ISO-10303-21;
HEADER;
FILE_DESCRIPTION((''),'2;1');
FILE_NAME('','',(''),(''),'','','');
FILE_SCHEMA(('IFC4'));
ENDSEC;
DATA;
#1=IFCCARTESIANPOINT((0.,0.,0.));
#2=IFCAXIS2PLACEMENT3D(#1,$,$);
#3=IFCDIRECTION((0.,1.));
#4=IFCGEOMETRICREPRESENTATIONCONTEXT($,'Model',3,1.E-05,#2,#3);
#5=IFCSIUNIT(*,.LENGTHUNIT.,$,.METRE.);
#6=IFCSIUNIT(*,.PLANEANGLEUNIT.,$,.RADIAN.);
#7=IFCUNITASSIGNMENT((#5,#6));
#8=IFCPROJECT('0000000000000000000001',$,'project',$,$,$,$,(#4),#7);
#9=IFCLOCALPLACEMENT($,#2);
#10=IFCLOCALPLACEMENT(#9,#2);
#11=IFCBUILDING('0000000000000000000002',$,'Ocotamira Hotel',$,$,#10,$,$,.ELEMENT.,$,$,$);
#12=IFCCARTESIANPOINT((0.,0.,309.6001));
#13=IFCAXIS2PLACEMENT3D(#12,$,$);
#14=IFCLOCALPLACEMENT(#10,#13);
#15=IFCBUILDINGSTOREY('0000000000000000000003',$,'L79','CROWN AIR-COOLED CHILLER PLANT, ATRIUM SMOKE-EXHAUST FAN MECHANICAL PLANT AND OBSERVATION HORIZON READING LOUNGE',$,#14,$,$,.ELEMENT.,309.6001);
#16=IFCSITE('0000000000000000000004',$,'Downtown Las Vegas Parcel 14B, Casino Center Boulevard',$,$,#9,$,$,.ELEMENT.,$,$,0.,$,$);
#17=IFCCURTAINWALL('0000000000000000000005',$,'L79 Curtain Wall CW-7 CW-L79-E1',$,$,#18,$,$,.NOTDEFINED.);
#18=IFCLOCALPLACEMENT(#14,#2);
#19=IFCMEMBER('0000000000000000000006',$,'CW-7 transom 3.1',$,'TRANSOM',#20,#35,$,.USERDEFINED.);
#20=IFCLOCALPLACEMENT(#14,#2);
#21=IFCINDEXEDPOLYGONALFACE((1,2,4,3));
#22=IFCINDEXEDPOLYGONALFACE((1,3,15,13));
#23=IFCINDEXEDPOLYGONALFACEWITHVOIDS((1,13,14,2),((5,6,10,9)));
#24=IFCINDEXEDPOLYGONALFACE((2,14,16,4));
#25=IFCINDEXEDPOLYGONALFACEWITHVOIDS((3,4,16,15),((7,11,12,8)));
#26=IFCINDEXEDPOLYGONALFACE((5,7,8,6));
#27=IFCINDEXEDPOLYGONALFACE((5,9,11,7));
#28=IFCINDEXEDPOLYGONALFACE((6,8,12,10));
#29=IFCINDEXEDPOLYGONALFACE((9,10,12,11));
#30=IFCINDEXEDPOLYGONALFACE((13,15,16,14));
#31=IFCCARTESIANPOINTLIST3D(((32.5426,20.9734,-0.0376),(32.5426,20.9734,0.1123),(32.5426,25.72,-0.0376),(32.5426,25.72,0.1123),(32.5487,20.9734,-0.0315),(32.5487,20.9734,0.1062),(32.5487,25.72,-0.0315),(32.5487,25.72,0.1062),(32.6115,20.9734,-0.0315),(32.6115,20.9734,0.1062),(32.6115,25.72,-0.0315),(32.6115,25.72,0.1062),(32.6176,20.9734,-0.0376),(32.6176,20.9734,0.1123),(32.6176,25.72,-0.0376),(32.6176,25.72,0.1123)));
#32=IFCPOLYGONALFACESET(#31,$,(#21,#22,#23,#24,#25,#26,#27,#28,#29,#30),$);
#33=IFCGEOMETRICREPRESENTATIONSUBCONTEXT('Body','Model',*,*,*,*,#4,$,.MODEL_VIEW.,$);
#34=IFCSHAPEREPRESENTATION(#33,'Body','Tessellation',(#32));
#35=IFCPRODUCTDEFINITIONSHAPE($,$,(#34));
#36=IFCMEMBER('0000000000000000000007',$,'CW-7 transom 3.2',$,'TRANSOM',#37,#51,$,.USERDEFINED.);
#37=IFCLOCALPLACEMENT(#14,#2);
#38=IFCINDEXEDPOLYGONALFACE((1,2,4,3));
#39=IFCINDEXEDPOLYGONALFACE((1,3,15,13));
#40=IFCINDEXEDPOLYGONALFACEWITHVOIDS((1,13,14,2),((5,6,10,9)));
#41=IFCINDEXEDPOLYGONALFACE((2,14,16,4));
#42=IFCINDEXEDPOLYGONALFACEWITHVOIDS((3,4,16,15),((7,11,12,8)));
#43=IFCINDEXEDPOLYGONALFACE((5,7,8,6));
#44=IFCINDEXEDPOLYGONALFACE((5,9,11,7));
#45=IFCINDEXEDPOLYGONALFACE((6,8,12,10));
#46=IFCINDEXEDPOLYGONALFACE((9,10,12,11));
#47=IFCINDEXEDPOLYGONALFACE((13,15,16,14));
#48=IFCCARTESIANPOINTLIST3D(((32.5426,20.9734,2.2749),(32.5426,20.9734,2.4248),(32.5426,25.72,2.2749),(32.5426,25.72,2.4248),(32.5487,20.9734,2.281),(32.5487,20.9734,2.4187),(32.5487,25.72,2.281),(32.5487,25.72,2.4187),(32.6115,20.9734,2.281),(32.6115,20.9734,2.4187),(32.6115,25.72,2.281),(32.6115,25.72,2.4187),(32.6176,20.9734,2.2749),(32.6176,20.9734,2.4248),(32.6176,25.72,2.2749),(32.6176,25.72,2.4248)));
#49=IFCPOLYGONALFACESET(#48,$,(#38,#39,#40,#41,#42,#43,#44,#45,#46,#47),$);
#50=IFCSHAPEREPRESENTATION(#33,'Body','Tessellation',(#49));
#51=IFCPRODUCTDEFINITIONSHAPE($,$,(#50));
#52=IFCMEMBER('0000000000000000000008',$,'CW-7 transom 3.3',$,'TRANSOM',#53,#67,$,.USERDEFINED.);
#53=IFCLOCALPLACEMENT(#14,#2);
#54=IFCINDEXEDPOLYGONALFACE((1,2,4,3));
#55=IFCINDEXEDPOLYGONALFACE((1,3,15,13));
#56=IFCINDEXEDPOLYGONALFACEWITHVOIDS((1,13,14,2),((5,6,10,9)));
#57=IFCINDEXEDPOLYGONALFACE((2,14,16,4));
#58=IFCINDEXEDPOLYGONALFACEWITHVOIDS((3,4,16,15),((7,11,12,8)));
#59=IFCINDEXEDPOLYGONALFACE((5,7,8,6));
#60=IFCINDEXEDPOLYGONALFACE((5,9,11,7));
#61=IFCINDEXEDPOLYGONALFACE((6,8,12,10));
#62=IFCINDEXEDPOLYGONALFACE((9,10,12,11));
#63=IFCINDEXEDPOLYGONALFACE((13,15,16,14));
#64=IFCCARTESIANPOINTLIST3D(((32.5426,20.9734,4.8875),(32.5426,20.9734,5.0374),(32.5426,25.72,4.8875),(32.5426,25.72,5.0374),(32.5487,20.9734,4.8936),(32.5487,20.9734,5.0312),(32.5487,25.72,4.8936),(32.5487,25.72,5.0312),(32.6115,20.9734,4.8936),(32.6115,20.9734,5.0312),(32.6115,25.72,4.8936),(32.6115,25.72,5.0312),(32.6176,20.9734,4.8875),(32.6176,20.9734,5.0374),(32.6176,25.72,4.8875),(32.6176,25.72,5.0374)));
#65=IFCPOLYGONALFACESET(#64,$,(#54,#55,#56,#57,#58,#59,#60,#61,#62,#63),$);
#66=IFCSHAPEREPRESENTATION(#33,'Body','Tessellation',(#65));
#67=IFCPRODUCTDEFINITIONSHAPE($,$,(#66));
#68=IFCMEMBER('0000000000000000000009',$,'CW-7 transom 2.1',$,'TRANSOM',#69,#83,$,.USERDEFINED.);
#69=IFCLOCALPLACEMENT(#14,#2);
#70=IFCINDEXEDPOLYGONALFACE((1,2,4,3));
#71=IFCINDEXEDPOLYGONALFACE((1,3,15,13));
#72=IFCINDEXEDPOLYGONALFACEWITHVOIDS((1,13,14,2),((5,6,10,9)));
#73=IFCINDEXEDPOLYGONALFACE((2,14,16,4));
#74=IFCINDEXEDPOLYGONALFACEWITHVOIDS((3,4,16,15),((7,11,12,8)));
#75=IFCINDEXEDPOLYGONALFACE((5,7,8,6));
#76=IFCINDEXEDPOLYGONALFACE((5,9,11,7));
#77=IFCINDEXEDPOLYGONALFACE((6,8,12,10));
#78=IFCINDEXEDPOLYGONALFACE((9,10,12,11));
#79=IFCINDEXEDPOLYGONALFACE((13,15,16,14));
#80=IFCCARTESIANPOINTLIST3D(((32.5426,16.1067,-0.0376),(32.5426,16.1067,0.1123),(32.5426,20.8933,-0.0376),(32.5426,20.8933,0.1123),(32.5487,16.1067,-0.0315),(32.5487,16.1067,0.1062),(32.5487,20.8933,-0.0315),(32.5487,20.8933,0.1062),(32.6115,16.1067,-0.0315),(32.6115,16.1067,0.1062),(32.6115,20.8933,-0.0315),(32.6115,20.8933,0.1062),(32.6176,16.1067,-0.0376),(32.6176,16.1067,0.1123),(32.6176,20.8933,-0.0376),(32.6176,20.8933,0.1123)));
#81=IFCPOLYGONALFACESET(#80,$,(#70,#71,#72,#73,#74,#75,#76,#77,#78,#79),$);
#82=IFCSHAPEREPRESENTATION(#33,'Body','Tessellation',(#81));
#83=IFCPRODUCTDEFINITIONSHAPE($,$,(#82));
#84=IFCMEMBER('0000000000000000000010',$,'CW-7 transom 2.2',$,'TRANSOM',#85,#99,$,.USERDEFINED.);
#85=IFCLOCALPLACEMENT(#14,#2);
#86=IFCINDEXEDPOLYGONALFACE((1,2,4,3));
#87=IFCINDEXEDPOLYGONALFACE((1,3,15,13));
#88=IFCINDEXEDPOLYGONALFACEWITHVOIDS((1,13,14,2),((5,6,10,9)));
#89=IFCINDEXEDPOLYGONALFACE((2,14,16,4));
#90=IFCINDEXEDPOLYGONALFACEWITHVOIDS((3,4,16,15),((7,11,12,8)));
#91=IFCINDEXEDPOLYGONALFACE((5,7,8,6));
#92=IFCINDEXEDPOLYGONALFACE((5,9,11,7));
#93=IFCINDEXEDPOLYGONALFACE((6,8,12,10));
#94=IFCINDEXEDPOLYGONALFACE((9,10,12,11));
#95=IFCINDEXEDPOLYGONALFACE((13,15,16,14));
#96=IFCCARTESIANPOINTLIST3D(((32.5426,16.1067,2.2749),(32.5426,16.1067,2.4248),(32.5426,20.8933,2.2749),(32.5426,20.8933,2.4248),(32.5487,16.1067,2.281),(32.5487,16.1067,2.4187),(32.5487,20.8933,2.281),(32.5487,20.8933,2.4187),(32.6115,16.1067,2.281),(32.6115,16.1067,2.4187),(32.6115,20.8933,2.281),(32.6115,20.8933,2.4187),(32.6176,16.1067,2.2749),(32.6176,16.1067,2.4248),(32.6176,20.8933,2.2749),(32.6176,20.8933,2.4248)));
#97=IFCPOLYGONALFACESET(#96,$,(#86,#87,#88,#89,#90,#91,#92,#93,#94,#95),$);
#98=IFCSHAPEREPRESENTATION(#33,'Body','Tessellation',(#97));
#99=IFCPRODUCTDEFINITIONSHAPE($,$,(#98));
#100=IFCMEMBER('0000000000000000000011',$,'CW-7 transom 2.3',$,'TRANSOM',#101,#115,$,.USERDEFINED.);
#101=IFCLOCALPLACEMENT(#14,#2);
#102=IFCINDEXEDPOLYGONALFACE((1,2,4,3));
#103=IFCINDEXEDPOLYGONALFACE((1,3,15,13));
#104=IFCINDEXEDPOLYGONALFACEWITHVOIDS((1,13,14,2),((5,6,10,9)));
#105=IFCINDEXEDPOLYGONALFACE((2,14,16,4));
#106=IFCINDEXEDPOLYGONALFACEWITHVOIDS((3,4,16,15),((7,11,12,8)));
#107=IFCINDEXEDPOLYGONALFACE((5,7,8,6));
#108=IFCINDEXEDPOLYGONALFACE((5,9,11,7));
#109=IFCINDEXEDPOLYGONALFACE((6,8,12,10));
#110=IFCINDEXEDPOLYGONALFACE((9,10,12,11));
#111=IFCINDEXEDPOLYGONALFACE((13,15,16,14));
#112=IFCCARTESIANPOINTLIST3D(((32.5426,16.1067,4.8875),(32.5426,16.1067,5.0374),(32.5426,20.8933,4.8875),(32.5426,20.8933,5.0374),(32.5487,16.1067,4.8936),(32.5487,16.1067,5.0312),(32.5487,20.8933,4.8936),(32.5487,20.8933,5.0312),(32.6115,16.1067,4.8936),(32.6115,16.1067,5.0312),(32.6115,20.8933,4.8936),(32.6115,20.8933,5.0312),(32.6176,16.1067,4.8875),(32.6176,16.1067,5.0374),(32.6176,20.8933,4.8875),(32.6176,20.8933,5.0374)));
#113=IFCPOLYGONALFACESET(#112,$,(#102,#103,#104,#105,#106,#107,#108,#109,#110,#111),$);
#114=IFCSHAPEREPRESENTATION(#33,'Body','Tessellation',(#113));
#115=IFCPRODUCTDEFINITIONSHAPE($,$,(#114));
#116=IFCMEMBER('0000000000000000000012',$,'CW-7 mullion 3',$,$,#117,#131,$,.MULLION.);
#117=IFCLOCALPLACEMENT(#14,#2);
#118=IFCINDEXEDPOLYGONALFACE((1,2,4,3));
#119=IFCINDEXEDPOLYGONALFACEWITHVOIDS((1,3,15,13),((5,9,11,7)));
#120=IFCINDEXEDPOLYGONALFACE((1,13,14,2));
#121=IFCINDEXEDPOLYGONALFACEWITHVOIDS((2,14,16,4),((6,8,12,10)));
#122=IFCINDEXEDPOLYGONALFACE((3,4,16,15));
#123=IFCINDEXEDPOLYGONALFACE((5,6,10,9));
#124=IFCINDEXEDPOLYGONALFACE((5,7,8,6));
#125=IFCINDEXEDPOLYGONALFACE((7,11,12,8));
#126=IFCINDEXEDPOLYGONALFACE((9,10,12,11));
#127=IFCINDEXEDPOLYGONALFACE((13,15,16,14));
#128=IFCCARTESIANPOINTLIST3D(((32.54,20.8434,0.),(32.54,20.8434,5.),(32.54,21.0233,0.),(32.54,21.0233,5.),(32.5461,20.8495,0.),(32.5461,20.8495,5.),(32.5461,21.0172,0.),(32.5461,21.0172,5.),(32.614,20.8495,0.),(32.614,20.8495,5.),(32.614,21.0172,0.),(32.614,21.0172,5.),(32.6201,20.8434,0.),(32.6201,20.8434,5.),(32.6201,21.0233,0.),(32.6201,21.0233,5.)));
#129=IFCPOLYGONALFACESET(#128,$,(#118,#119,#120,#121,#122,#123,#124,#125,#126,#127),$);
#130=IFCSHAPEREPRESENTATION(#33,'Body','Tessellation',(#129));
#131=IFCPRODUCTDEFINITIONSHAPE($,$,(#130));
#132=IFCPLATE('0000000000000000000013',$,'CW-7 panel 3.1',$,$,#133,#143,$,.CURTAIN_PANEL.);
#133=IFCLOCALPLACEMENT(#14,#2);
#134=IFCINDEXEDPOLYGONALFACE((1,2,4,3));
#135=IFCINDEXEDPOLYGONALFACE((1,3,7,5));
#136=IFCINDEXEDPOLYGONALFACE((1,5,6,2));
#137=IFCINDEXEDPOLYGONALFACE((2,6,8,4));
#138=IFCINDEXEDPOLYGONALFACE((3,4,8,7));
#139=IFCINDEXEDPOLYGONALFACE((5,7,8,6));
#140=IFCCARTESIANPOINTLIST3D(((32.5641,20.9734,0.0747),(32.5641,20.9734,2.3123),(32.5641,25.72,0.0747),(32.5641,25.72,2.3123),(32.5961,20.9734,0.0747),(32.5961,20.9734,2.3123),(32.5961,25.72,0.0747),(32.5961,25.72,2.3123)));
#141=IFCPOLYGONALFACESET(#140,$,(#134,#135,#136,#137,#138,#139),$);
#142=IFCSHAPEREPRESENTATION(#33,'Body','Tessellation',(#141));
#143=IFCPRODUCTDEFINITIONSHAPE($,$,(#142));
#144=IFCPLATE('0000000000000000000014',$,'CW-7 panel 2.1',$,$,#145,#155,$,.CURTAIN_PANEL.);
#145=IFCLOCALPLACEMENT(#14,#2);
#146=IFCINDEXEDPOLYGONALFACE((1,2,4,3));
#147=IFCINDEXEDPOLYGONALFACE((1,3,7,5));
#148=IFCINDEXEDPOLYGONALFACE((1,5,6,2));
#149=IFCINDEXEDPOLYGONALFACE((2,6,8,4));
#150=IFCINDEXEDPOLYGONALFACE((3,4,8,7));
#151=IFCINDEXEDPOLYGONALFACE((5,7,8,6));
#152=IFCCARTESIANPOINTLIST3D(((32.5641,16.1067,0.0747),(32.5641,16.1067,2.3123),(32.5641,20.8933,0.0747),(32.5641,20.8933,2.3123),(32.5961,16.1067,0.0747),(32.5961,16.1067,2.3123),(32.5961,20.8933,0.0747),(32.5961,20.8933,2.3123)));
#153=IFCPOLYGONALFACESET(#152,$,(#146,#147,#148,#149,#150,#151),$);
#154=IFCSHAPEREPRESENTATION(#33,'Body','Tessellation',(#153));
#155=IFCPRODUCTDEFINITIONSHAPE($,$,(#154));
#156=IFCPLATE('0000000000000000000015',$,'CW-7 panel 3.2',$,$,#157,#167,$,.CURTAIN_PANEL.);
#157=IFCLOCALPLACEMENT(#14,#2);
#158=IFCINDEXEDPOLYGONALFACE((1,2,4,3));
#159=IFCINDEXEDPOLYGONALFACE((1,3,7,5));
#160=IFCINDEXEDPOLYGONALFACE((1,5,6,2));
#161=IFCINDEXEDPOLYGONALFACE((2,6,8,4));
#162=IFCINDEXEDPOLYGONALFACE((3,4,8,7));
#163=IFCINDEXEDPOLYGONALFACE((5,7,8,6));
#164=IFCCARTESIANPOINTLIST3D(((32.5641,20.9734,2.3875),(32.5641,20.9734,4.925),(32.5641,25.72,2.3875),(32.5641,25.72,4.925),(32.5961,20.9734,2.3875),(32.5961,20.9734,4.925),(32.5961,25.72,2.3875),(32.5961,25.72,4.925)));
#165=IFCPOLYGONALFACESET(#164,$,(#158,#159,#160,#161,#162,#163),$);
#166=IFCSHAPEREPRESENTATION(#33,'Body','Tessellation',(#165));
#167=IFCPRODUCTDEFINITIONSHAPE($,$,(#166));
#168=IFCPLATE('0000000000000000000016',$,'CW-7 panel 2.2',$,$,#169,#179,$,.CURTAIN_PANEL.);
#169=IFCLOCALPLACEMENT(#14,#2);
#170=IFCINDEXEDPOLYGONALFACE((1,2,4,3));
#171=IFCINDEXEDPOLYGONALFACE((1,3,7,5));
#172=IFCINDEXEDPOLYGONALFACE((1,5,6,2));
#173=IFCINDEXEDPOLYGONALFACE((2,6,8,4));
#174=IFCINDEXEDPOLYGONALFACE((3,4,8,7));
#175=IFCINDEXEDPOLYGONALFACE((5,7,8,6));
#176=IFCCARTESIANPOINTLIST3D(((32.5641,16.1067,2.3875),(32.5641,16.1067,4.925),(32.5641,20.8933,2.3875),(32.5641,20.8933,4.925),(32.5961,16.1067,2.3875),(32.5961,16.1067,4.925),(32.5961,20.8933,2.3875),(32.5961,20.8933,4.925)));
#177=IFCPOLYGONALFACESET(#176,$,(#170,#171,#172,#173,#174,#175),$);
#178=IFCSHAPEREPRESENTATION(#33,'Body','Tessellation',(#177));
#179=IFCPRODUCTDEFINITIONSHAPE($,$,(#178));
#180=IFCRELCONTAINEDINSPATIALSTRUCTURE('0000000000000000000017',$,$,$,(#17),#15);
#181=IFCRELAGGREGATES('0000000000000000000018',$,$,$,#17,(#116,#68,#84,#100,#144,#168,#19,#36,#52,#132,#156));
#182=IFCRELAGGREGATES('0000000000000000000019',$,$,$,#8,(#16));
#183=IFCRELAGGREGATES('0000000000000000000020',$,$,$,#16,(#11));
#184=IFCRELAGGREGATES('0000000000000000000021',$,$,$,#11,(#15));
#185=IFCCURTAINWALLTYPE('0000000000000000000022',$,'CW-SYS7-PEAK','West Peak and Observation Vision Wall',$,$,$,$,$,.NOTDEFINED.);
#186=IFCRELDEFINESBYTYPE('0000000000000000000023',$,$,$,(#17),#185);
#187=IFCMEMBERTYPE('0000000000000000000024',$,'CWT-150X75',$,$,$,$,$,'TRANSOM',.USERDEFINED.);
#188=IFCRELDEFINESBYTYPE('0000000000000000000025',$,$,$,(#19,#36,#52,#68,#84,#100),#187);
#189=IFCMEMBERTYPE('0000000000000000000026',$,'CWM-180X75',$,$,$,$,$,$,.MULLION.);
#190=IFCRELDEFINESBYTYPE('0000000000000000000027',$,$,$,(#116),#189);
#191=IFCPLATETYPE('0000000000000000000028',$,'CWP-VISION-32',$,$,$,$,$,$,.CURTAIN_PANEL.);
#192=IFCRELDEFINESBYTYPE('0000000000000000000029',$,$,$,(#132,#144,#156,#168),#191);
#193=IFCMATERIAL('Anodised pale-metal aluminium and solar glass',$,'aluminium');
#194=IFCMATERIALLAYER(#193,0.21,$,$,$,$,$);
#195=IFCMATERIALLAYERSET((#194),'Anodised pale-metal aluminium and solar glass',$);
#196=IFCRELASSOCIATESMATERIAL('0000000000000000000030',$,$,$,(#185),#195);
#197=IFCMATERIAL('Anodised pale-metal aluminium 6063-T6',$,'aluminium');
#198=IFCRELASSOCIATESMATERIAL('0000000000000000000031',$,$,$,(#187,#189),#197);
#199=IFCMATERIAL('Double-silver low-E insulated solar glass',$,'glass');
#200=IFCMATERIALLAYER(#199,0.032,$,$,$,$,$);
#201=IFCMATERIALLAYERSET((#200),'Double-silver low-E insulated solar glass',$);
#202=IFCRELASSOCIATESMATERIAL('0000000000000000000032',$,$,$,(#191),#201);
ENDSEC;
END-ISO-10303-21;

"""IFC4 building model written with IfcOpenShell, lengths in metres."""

from ifc_helpers import new_model, si_unit, direction, frame, origin, origin_2d, place, context, subcontext, project, spatial, rectangle, hollow_rectangle, extrude, source, transform, mapped, material, layer, layer_set, material_profile, profile_set, type_object, element, aggregate, save


model = new_model("IFC4")

# Units and contexts
model_context = context("Model", 3, precision=1e-05, world=origin(), true_north=direction((0.0, 1.0)))
body_context = subcontext(model_context, "Body", "Model", "MODEL_VIEW")
ifc_project = project(units=[si_unit("LENGTHUNIT", "METRE"), si_unit("PLANEANGLEUNIT", "RADIAN")], contexts=[model_context])

# Site, building, storey
site_placement = place(None, origin())
site = spatial("IfcSite", under=ifc_project, at=site_placement, Name="Downtown Las Vegas Parcel 14B, Casino Center Boulevard", CompositionType="ELEMENT", RefElevation=0.0)
building_placement = place(site_placement, origin())
building = spatial("IfcBuilding", under=site, at=building_placement, Name="Ocotamira Hotel", CompositionType="ELEMENT")
storey_placement = place(building_placement, frame((0.0, 0.0, 309.6001)))
storey = spatial("IfcBuildingStorey", under=building, at=storey_placement, Name="L79", Description="CROWN AIR-COOLED CHILLER PLANT, ATRIUM SMOKE-EXHAUST FAN MECHANICAL PLANT AND OBSERVATION HORIZON READING LOUNGE", CompositionType="ELEMENT", Elevation=309.6001)

# Curtain wall, members, plates
ifc_material_1 = material(Name="Anodised pale-metal aluminium and solar glass", Category="aluminium")
ifc_layer_1 = layer(ifc_material_1, 0.21)
ifc_layer_set_1 = layer_set([ifc_layer_1], Name="Anodised pale-metal aluminium and solar glass")
curtain_wall_type = type_object("IfcCurtainWallType", Name="CW-SYS7-PEAK", Description="West Peak and Observation Vision Wall", PredefinedType="NOTDEFINED", material=ifc_layer_set_1)
curtain_wall_placement = place(storey_placement, origin())
curtain_wall = element("IfcCurtainWall", 1, at=curtain_wall_placement, inside=storey, type_object=curtain_wall_type, Name="L79 Curtain Wall CW-7 CW-L79-E1", PredefinedType="NOTDEFINED")
ifc_material_2 = material(Name="Anodised pale-metal aluminium 6063-T6", Category="aluminium")
ifc_material_profile_1 = material_profile(ifc_material_2, hollow_rectangle(XDim=0.075, YDim=0.1499, WallThickness=0.0061, at=origin_2d()), Name="HSS150X75X6")
ifc_profile_set_1 = profile_set([ifc_material_profile_1], Name="Anodised pale-metal aluminium 6063-T6")
member_type_1 = type_object("IfcMemberType", Name="CWT-150X75", ElementType="TRANSOM", PredefinedType="USERDEFINED", material=ifc_profile_set_1)
shared_shape_1 = source(origin(), body_context, "Body", "SweptSolid", [
    extrude(hollow_rectangle(XDim=0.075, YDim=0.1499, WallThickness=0.0061, at=origin_2d()), origin(), (0.0, 0.0, 1.0), 4.7466),
])
member_1_placement = place(storey_placement, frame((32.5801, 20.9734, 0.0374), z_axis=(0.0, 1.0, 0.0), x_axis=(-1.0, 0.0, 0.0)))
member_1 = element("IfcMember", 2, at=member_1_placement, type_object=member_type_1, Name="CW-7 transom 3.1", ObjectType="TRANSOM", PredefinedType="USERDEFINED", context=body_context, shape_type="MappedRepresentation", body=[
    mapped(shared_shape_1, transform((0.0, 0.0, 0.0), scale=1.0)),
])
member_2_placement = place(storey_placement, frame((32.5801, 20.9734, 2.3499), z_axis=(0.0, 1.0, 0.0), x_axis=(-1.0, 0.0, 0.0)))
member_2 = element("IfcMember", 3, at=member_2_placement, type_object=member_type_1, Name="CW-7 transom 3.2", ObjectType="TRANSOM", PredefinedType="USERDEFINED", context=body_context, shape_type="MappedRepresentation", body=[
    mapped(shared_shape_1, transform((0.0, 0.0, 0.0), scale=1.0)),
])
member_3_placement = place(storey_placement, frame((32.5801, 20.9734, 4.9624), z_axis=(0.0, 1.0, 0.0), x_axis=(-1.0, 0.0, 0.0)))
member_3 = element("IfcMember", 4, at=member_3_placement, type_object=member_type_1, Name="CW-7 transom 3.3", ObjectType="TRANSOM", PredefinedType="USERDEFINED", context=body_context, shape_type="MappedRepresentation", body=[
    mapped(shared_shape_1, transform((0.0, 0.0, 0.0), scale=1.0)),
])
shared_shape_2 = source(origin(), body_context, "Body", "SweptSolid", [
    extrude(hollow_rectangle(XDim=0.075, YDim=0.1499, WallThickness=0.0061, at=origin_2d()), origin(), (0.0, 0.0, 1.0), 4.7866),
])
member_4_placement = place(storey_placement, frame((32.5801, 16.1067, 0.0374), z_axis=(0.0, 1.0, 0.0), x_axis=(-1.0, 0.0, 0.0)))
member_4 = element("IfcMember", 5, at=member_4_placement, type_object=member_type_1, Name="CW-7 transom 2.1", ObjectType="TRANSOM", PredefinedType="USERDEFINED", context=body_context, shape_type="MappedRepresentation", body=[
    mapped(shared_shape_2, transform((0.0, 0.0, 0.0), scale=1.0)),
])
member_5_placement = place(storey_placement, frame((32.5801, 16.1067, 2.3499), z_axis=(0.0, 1.0, 0.0), x_axis=(-1.0, 0.0, 0.0)))
member_5 = element("IfcMember", 6, at=member_5_placement, type_object=member_type_1, Name="CW-7 transom 2.2", ObjectType="TRANSOM", PredefinedType="USERDEFINED", context=body_context, shape_type="MappedRepresentation", body=[
    mapped(shared_shape_2, transform((0.0, 0.0, 0.0), scale=1.0)),
])
member_6_placement = place(storey_placement, frame((32.5801, 16.1067, 4.9624), z_axis=(0.0, 1.0, 0.0), x_axis=(-1.0, 0.0, 0.0)))
member_6 = element("IfcMember", 7, at=member_6_placement, type_object=member_type_1, Name="CW-7 transom 2.3", ObjectType="TRANSOM", PredefinedType="USERDEFINED", context=body_context, shape_type="MappedRepresentation", body=[
    mapped(shared_shape_2, transform((0.0, 0.0, 0.0), scale=1.0)),
])
ifc_material_profile_2 = material_profile(ifc_material_2, hollow_rectangle(XDim=0.0801, YDim=0.1799, WallThickness=0.0061, at=origin_2d()), Name="HSS180X80X6")
ifc_profile_set_2 = profile_set([ifc_material_profile_2], Name="Anodised pale-metal aluminium 6063-T6")
member_type_2 = type_object("IfcMemberType", Name="CWM-180X75", PredefinedType="MULLION", material=ifc_profile_set_2)
shared_shape_3 = source(origin(), body_context, "Body", "SweptSolid", [
    extrude(hollow_rectangle(XDim=0.0801, YDim=0.1799, WallThickness=0.0061, at=origin_2d()), origin(), (0.0, 0.0, 1.0), 5.0),
])
member_7_placement = place(storey_placement, frame((32.5801, 20.9333, 0.0), z_axis=(0.0, 0.0, 1.0), x_axis=(-1.0, 0.0, 0.0)))
member_7 = element("IfcMember", 8, at=member_7_placement, type_object=member_type_2, Name="CW-7 mullion 3", PredefinedType="MULLION", context=body_context, shape_type="MappedRepresentation", body=[
    mapped(shared_shape_3, transform((0.0, 0.0, 0.0), scale=1.0)),
])
ifc_material_3 = material(Name="Double-silver low-E insulated solar glass", Category="glass")
ifc_layer_2 = layer(ifc_material_3, 0.032)
ifc_layer_set_2 = layer_set([ifc_layer_2], Name="Double-silver low-E insulated solar glass")
plate_type = type_object("IfcPlateType", Name="CWP-VISION-32", PredefinedType="CURTAIN_PANEL", material=ifc_layer_set_2)
shared_shape_4 = source(origin(), body_context, "Body", "SweptSolid", [
    extrude(rectangle(XDim=4.7466, YDim=0.032, at=origin_2d()), origin(), (0.0, 0.0, 1.0), 2.2375),
])
plate_1_placement = place(storey_placement, frame((32.5801, 23.3467, 0.0747), z_axis=(0.0, 0.0, 1.0), x_axis=(0.0, 1.0, 0.0)))
plate_1 = element("IfcPlate", 9, at=plate_1_placement, type_object=plate_type, Name="CW-7 panel 3.1", PredefinedType="CURTAIN_PANEL", context=body_context, shape_type="MappedRepresentation", body=[
    mapped(shared_shape_4, transform((0.0, 0.0, 0.0), scale=1.0)),
])
shared_shape_5 = source(origin(), body_context, "Body", "SweptSolid", [
    extrude(rectangle(XDim=4.7866, YDim=0.032, at=origin_2d()), origin(), (0.0, 0.0, 1.0), 2.2375),
])
plate_2_placement = place(storey_placement, frame((32.5801, 18.5, 0.0747), z_axis=(0.0, 0.0, 1.0), x_axis=(0.0, 1.0, 0.0)))
plate_2 = element("IfcPlate", 10, at=plate_2_placement, type_object=plate_type, Name="CW-7 panel 2.1", PredefinedType="CURTAIN_PANEL", context=body_context, shape_type="MappedRepresentation", body=[
    mapped(shared_shape_5, transform((0.0, 0.0, 0.0), scale=1.0)),
])
shared_shape_6 = source(origin(), body_context, "Body", "SweptSolid", [
    extrude(rectangle(XDim=4.7466, YDim=0.032, at=origin_2d()), origin(), (0.0, 0.0, 1.0), 2.5376),
])
plate_3_placement = place(storey_placement, frame((32.5801, 23.3467, 2.3875), z_axis=(0.0, 0.0, 1.0), x_axis=(0.0, 1.0, 0.0)))
plate_3 = element("IfcPlate", 11, at=plate_3_placement, type_object=plate_type, Name="CW-7 panel 3.2", PredefinedType="CURTAIN_PANEL", context=body_context, shape_type="MappedRepresentation", body=[
    mapped(shared_shape_6, transform((0.0, 0.0, 0.0), scale=1.0)),
])
shared_shape_7 = source(origin(), body_context, "Body", "SweptSolid", [
    extrude(rectangle(XDim=4.7866, YDim=0.032, at=origin_2d()), origin(), (0.0, 0.0, 1.0), 2.5376),
])
plate_4_placement = place(storey_placement, frame((32.5801, 18.5, 2.3875), z_axis=(0.0, 0.0, 1.0), x_axis=(0.0, 1.0, 0.0)))
plate_4 = element("IfcPlate", 12, at=plate_4_placement, type_object=plate_type, Name="CW-7 panel 2.2", PredefinedType="CURTAIN_PANEL", context=body_context, shape_type="MappedRepresentation", body=[
    mapped(shared_shape_7, transform((0.0, 0.0, 0.0), scale=1.0)),
])
aggregate(curtain_wall, [member_7, member_4, member_5, member_6, plate_2, plate_4, member_1, member_2, member_3, plate_1, plate_3])

save(model, "model.ifc")
